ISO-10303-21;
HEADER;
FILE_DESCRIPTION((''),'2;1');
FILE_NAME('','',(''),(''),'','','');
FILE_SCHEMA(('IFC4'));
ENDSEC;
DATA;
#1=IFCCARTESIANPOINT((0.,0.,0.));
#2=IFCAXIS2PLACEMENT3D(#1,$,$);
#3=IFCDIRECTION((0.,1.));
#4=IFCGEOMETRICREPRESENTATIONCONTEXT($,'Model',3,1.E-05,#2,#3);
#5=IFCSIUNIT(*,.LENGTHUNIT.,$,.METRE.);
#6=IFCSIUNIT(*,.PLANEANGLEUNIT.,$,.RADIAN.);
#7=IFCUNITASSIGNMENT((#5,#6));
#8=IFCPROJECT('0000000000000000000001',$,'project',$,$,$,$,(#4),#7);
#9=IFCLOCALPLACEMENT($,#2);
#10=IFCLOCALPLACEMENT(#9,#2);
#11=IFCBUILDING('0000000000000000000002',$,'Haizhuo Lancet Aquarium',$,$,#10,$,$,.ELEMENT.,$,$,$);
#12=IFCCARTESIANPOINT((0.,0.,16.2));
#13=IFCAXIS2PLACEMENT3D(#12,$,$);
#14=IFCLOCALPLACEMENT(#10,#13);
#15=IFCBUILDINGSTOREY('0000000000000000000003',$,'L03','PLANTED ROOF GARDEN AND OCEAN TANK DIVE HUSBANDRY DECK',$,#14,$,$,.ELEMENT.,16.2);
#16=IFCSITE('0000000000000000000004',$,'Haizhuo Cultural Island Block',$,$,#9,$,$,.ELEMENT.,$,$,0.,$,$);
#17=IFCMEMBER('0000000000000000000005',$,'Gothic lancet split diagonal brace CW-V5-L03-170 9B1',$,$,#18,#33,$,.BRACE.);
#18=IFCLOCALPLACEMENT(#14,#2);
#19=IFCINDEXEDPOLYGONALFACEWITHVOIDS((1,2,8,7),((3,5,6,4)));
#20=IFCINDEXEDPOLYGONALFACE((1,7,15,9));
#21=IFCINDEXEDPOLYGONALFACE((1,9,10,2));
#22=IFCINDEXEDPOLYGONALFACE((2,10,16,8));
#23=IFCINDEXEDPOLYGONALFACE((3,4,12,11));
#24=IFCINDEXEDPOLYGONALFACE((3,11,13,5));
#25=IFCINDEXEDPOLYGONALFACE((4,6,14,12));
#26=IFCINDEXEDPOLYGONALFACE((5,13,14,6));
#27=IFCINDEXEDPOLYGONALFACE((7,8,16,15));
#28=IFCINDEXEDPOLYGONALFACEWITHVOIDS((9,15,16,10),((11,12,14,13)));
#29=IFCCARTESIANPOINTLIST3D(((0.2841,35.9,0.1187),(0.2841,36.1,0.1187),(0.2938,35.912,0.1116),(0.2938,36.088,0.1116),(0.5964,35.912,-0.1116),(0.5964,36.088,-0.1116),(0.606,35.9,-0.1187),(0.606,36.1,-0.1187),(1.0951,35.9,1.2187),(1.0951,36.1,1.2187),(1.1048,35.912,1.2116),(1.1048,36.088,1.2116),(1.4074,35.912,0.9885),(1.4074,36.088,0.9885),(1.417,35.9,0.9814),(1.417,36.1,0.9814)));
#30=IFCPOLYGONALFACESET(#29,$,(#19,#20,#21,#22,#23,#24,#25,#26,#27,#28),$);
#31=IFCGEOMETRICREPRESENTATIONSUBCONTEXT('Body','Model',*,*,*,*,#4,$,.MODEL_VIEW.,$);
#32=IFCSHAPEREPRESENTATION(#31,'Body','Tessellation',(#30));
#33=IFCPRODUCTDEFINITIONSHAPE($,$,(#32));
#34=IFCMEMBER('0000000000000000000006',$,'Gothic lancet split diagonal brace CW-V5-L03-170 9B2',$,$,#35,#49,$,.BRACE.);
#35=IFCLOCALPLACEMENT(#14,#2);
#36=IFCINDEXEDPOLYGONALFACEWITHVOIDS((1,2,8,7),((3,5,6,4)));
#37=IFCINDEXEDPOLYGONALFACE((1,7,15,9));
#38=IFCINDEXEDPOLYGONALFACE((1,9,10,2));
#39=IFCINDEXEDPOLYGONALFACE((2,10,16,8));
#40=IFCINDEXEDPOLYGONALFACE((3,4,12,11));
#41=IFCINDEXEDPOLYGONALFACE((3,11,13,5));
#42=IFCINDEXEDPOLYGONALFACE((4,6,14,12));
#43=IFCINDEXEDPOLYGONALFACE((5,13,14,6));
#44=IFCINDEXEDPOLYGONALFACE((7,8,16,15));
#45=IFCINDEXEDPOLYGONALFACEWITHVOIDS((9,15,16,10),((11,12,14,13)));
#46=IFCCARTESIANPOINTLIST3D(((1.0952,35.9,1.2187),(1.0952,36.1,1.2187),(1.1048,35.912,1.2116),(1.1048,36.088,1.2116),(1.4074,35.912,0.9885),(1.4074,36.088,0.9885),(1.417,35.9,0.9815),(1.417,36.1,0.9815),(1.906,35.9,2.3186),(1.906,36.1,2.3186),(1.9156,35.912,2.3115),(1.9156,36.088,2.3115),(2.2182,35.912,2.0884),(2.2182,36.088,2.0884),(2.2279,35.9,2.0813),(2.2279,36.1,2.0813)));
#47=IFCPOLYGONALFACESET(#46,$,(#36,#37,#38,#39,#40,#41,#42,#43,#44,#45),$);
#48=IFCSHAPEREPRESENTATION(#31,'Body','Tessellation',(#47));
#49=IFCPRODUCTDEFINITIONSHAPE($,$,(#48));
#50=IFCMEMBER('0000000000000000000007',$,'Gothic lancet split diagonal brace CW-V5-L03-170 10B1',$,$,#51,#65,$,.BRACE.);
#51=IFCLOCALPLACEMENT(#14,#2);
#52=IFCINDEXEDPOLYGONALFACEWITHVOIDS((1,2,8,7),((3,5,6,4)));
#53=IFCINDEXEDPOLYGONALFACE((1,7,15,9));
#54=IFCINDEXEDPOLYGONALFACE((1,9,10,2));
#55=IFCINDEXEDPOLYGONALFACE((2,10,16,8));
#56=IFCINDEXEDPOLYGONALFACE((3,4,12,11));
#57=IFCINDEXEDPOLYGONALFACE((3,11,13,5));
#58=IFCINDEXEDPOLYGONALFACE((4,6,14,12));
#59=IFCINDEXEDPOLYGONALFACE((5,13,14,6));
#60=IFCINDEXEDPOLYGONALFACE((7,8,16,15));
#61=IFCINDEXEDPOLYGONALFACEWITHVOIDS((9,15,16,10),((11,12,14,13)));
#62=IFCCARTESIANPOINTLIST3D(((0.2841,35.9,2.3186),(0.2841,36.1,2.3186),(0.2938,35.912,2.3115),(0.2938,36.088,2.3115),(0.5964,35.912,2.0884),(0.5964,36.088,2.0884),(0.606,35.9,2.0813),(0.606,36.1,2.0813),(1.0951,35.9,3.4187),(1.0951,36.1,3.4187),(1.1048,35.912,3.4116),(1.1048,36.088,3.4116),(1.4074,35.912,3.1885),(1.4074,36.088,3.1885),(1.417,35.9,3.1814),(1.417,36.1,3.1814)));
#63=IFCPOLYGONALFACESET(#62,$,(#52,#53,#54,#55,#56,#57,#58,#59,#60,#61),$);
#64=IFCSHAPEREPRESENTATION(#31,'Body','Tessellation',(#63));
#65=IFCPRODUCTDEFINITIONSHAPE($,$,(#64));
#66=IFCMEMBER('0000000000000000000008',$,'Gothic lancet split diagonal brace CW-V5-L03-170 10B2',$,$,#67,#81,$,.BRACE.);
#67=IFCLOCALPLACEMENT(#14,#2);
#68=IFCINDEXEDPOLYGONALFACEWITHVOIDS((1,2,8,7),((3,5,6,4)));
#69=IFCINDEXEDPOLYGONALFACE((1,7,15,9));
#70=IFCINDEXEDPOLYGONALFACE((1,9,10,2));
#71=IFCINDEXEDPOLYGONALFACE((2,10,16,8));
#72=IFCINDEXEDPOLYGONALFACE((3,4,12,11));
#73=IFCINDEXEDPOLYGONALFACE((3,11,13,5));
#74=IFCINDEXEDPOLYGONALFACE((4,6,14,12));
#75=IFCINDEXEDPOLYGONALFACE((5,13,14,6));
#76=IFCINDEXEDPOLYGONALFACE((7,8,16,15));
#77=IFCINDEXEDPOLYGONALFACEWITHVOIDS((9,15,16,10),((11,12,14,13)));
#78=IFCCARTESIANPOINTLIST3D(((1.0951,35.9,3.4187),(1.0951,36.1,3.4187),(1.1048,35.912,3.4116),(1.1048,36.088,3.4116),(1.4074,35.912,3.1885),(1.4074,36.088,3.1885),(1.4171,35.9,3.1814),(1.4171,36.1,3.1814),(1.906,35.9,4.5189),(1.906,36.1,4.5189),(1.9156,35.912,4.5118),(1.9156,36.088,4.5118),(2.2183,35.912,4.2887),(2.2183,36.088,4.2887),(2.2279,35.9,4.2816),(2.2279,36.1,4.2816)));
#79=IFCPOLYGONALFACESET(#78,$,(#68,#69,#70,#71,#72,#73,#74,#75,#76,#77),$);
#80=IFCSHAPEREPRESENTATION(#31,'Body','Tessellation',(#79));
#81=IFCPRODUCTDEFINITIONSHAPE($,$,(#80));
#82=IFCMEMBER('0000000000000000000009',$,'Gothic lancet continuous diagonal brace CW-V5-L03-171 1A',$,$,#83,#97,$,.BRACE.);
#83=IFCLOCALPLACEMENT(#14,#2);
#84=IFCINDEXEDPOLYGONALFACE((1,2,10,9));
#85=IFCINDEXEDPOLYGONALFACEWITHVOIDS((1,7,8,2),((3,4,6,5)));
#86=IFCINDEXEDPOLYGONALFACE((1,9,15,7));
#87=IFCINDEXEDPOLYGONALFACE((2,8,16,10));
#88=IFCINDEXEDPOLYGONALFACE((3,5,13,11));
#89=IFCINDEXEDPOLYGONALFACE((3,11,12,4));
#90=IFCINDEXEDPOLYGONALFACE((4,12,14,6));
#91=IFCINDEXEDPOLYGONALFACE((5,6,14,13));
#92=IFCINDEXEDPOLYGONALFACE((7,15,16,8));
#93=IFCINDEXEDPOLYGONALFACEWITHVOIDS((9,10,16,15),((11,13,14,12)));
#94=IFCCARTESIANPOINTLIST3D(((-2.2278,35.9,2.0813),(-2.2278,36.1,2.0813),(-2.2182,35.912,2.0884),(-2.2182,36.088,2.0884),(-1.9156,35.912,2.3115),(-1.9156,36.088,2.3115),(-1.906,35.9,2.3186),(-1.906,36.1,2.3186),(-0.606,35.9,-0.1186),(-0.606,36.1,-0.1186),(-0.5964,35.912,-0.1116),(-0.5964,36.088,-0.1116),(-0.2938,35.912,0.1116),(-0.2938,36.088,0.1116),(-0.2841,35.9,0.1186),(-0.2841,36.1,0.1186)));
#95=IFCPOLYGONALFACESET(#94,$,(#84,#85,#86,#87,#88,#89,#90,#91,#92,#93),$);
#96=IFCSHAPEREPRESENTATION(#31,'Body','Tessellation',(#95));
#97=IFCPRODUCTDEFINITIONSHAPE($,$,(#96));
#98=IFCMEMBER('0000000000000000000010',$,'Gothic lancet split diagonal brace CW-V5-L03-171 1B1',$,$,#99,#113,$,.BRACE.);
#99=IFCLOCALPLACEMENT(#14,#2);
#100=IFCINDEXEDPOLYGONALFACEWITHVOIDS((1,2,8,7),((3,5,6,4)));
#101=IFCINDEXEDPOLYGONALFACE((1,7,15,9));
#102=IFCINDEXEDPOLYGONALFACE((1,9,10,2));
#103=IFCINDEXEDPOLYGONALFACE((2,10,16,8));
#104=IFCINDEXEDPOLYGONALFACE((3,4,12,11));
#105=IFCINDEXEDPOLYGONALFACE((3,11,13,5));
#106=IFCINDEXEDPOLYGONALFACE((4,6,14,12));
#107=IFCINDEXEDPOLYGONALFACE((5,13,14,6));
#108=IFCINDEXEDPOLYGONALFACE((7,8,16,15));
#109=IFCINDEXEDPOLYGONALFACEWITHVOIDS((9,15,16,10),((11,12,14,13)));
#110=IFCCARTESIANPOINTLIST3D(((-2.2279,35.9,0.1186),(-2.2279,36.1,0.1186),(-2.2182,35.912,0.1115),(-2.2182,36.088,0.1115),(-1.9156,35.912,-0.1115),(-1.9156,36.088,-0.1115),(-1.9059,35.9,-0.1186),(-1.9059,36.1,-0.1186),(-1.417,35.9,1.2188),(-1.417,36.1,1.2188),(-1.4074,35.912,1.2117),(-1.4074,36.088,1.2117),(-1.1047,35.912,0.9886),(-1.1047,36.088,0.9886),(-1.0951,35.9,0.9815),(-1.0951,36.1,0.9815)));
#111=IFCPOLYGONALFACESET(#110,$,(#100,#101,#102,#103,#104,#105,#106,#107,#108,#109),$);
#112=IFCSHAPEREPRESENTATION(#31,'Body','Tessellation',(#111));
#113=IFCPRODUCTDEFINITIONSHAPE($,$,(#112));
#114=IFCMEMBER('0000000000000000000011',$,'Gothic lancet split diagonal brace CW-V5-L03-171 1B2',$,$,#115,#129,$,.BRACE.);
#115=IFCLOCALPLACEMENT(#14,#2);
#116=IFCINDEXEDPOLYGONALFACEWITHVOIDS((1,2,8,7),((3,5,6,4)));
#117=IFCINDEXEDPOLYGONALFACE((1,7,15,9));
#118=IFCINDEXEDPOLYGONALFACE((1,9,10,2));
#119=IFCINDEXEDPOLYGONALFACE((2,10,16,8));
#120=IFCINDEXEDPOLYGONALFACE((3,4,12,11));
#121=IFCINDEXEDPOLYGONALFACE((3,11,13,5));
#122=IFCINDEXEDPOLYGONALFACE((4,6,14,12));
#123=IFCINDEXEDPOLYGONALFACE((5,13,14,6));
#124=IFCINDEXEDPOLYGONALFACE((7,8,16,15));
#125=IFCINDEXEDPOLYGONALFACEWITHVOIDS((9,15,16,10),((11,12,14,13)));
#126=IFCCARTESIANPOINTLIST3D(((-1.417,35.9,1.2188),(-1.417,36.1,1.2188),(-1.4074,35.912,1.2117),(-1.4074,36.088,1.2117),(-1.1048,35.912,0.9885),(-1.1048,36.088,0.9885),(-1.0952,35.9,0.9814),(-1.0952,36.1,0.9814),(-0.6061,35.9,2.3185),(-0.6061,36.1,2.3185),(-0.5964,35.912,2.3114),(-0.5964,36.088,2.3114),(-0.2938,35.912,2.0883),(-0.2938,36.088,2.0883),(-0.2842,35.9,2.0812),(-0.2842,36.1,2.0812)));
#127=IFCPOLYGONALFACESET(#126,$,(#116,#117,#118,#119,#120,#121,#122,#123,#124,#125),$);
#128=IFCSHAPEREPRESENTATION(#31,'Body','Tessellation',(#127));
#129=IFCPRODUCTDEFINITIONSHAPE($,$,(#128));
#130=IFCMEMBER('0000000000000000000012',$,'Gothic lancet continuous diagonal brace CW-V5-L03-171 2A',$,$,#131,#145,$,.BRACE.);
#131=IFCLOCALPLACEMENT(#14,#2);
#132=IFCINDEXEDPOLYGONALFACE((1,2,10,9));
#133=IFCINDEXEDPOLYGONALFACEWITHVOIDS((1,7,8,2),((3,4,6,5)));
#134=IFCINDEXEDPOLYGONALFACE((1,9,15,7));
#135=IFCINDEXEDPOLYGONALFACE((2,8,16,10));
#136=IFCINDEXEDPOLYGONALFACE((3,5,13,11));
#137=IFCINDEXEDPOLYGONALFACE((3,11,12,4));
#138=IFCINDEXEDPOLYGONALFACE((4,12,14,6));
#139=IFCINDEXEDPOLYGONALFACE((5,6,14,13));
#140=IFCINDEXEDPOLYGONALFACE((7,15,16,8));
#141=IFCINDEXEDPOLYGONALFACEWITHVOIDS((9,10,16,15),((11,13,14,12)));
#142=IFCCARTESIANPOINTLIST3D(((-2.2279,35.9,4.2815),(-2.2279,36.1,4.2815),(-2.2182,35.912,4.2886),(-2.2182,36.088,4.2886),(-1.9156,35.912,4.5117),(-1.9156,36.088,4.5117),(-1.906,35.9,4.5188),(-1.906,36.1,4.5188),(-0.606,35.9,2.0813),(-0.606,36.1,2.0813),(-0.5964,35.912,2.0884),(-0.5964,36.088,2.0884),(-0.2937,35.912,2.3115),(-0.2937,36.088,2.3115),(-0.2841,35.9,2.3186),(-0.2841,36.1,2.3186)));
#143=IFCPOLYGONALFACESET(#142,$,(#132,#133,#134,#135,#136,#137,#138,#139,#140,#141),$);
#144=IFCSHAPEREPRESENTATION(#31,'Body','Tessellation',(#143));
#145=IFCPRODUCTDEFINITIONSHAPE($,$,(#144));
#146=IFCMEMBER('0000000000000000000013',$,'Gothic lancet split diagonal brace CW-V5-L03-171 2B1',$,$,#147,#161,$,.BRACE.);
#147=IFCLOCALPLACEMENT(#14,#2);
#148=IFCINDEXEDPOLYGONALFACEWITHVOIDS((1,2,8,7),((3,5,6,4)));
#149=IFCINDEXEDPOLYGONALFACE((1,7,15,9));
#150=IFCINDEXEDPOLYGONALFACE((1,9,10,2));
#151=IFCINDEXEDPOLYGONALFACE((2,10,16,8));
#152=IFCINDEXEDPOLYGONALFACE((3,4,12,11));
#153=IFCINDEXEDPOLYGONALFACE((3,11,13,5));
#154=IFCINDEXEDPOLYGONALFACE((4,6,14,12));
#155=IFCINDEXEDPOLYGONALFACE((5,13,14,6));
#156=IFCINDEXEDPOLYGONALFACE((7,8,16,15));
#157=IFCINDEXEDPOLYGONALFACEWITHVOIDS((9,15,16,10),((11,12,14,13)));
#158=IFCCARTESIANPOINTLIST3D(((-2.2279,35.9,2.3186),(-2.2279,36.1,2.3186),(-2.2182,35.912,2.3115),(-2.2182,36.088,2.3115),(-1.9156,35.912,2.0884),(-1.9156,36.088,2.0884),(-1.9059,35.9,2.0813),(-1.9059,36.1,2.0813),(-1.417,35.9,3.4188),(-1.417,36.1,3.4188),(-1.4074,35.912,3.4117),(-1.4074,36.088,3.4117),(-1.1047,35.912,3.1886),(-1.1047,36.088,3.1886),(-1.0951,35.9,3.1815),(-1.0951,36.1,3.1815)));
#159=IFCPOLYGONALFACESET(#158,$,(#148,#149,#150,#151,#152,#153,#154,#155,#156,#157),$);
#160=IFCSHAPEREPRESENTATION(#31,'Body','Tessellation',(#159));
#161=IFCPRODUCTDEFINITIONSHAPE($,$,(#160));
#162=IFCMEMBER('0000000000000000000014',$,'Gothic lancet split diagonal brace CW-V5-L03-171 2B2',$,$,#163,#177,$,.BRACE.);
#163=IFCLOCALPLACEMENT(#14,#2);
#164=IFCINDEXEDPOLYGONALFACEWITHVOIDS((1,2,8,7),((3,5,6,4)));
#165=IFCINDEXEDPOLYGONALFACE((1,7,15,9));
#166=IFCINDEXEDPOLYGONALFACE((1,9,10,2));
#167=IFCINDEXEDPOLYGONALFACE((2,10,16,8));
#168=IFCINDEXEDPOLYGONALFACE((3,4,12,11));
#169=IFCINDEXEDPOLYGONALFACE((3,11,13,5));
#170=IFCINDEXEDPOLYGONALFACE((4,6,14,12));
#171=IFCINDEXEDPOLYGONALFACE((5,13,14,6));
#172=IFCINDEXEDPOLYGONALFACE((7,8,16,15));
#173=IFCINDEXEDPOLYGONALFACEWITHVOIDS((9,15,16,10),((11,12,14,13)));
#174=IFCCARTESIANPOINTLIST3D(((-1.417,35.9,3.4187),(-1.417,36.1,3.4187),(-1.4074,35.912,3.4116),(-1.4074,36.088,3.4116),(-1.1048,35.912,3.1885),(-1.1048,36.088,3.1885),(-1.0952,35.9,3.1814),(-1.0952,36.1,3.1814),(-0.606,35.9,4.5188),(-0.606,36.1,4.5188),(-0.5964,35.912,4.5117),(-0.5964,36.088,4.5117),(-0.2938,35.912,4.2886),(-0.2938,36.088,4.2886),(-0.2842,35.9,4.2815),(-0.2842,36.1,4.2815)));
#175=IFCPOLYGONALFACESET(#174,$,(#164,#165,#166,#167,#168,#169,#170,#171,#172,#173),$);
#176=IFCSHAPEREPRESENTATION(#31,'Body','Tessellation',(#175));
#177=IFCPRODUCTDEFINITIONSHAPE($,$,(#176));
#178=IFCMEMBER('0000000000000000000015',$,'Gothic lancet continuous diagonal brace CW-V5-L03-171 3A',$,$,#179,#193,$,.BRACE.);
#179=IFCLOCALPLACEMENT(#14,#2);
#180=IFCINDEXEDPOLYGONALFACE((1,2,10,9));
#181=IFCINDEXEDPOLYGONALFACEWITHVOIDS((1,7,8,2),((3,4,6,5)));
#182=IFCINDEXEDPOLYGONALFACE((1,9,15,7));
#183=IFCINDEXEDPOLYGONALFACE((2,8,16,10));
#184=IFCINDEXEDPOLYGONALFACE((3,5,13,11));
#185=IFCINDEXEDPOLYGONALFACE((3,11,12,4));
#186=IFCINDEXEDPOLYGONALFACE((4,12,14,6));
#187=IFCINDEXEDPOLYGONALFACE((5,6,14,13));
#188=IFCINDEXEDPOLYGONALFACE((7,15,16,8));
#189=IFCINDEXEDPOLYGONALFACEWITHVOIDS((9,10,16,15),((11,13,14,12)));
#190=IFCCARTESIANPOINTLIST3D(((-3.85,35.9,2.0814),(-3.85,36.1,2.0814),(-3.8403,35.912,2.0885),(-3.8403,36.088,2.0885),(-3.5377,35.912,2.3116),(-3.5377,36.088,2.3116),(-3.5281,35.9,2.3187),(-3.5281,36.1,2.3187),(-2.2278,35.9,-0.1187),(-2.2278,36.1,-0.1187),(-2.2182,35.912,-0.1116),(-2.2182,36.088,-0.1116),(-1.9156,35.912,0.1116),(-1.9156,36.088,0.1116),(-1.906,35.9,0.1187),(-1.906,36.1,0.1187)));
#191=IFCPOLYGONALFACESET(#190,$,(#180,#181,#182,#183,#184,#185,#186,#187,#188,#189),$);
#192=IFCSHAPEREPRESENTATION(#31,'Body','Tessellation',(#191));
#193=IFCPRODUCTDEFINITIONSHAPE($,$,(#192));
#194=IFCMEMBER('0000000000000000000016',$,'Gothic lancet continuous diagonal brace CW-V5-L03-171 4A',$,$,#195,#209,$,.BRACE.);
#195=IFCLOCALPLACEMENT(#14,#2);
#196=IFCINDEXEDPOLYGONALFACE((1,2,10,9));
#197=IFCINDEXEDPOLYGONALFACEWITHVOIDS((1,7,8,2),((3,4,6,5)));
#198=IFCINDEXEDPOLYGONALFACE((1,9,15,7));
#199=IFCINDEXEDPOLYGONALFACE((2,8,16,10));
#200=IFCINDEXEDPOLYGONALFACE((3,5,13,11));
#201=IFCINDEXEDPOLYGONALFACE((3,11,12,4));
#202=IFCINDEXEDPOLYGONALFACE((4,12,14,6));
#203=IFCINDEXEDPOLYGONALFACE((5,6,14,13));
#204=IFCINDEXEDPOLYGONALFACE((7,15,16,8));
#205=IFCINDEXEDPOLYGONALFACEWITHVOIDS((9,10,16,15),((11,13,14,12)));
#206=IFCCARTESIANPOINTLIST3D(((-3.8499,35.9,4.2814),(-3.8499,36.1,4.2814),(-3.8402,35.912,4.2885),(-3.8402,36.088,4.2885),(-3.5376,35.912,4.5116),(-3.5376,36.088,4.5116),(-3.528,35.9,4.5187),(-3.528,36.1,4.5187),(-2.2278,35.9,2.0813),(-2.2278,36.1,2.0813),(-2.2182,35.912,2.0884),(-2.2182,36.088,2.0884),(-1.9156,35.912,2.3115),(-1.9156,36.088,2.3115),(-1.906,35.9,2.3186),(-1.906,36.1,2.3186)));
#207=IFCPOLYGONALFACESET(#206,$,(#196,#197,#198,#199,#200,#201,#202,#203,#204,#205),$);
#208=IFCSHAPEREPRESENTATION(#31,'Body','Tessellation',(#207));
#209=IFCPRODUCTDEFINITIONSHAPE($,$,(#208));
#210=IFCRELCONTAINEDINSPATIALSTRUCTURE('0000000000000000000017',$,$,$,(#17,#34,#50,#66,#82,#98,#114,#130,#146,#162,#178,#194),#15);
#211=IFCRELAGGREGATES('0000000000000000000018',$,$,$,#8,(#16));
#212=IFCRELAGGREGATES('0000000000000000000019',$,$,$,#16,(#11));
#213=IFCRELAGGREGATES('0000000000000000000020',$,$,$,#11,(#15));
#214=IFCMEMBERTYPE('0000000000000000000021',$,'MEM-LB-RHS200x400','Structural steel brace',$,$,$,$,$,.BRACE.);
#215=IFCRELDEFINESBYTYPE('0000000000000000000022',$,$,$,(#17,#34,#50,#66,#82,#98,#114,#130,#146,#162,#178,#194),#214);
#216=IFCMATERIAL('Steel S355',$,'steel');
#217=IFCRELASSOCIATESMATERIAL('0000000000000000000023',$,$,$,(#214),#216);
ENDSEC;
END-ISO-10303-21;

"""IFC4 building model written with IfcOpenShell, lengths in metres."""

from ifc_helpers import new_model, si_unit, direction, frame, origin, origin_2d, place, context, subcontext, project, spatial, hollow_rectangle, extrude, material, material_profile, profile_set, type_object, element, save


model = new_model("IFC4")

# Units and contexts
model_context = context("Model", 3, precision=1e-05, world=origin(), true_north=direction((0.0, 1.0)))
body_context = subcontext(model_context, "Body", "Model", "MODEL_VIEW")
ifc_project = project(units=[si_unit("LENGTHUNIT", "METRE"), si_unit("PLANEANGLEUNIT", "RADIAN")], contexts=[model_context])

# Site, building, storey
site_placement = place(None, origin())
site = spatial("IfcSite", under=ifc_project, at=site_placement, Name="Haizhuo Cultural Island Block", CompositionType="ELEMENT", RefElevation=0.0)
building_placement = place(site_placement, origin())
building = spatial("IfcBuilding", under=site, at=building_placement, Name="Haizhuo Lancet Aquarium", CompositionType="ELEMENT")
storey_placement = place(building_placement, frame((0.0, 0.0, 16.2)))
storey = spatial("IfcBuildingStorey", under=building, at=storey_placement, Name="L03", Description="PLANTED ROOF GARDEN AND OCEAN TANK DIVE HUSBANDRY DECK", CompositionType="ELEMENT", Elevation=16.2)

# Members
ifc_material_1 = material(Name="Steel S355", Category="steel")
ifc_material_profile_1 = material_profile(ifc_material_1, hollow_rectangle(XDim=0.2, YDim=0.3999, WallThickness=0.012, at=origin_2d()), Name="RHS 200x400x12")
ifc_profile_set_1 = profile_set([ifc_material_profile_1], Name="Steel S355")
member_type_1 = type_object("IfcMemberType", Name="MEM-LB-RHS200x400", Description="Structural steel brace", PredefinedType="BRACE", material=ifc_profile_set_1)
member_1_placement = place(storey_placement, frame((0.4451, 36.0, 0.0), z_axis=(0.593406, 0.0, 0.804903), x_axis=(0.0, 1.0, 0.0)))
element("IfcMember", 1, at=member_1_placement, inside=storey, type_object=member_type_1, Name="Gothic lancet split diagonal brace CW-V5-L03-170 9B1", PredefinedType="BRACE", context=body_context, shape_type="SweptSolid", body=[
    extrude(hollow_rectangle(XDim=0.2, YDim=0.3999, WallThickness=0.012, at=origin_2d()), origin(), (0.0, 0.0, 1.0), 1.3667),
])
member_2_placement = place(storey_placement, frame((1.2561, 36.0, 1.1001), z_axis=(0.593376, 0.0, 0.804926), x_axis=(0.0, 1.0, 0.0)))
element("IfcMember", 2, at=member_2_placement, inside=storey, type_object=member_type_1, Name="Gothic lancet split diagonal brace CW-V5-L03-170 9B2", PredefinedType="BRACE", context=body_context, shape_type="SweptSolid", body=[
    extrude(hollow_rectangle(XDim=0.2, YDim=0.3999, WallThickness=0.012, at=origin_2d()), origin(), (0.0, 0.0, 1.0), 1.3665),
])
for number, where, z_axis, x_axis, name in (
    (3, (0.4451, 36.0, 2.2), (0.593406, 0.0, 0.804903), (0.0, 1.0, 0.0), "Gothic lancet split diagonal brace CW-V5-L03-170 10B1"),
    (4, (1.2561, 36.0, 3.3), (0.59329, 0.0, 0.804988), (0.0, 1.0, 0.0), "Gothic lancet split diagonal brace CW-V5-L03-170 10B2"),
):
    element("IfcMember", number, at=place(storey_placement, frame(where, z_axis=z_axis, x_axis=x_axis)), inside=storey, type_object=member_type_1, Name=name, PredefinedType="BRACE", context=body_context, shape_type="SweptSolid", body=[
        extrude(hollow_rectangle(XDim=0.2, YDim=0.3999, WallThickness=0.012, at=origin_2d()), origin(), (0.0, 0.0, 1.0), 1.3667),
    ])
member_3_placement = place(storey_placement, frame((-0.4451, 36.0, 0.0), z_axis=(-0.593391, 0.0, 0.804914), x_axis=(0.0, -1.0, 0.0)))
element("IfcMember", 5, at=member_3_placement, inside=storey, type_object=member_type_1, Name="Gothic lancet continuous diagonal brace CW-V5-L03-171 1A", PredefinedType="BRACE", context=body_context, shape_type="SweptSolid", body=[
    extrude(hollow_rectangle(XDim=0.2, YDim=0.3999, WallThickness=0.012, at=origin_2d()), origin(), (0.0, 0.0, 1.0), 2.7332),
])
member_4_placement = place(storey_placement, frame((-2.0669, 36.0, 0.0), z_axis=(0.59329, 0.0, 0.804988), x_axis=(0.0, 1.0, 0.0)))
element("IfcMember", 6, at=member_4_placement, inside=storey, type_object=member_type_1, Name="Gothic lancet split diagonal brace CW-V5-L03-171 1B1", PredefinedType="BRACE", context=body_context, shape_type="SweptSolid", body=[
    extrude(hollow_rectangle(XDim=0.2, YDim=0.3999, WallThickness=0.012, at=origin_2d()), origin(), (0.0, 0.0, 1.0), 1.3667),
])
member_5_placement = place(storey_placement, frame((-1.2561, 36.0, 1.1001), z_axis=(0.593492, 0.0, 0.80484), x_axis=(0.0, 1.0, 0.0)))
element("IfcMember", 7, at=member_5_placement, inside=storey, type_object=member_type_1, Name="Gothic lancet split diagonal brace CW-V5-L03-171 1B2", PredefinedType="BRACE", context=body_context, shape_type="SweptSolid", body=[
    extrude(hollow_rectangle(XDim=0.2, YDim=0.3999, WallThickness=0.012, at=origin_2d()), origin(), (0.0, 0.0, 1.0), 1.3665),
])
member_6_placement = place(storey_placement, frame((-0.4451, 36.0, 2.2), z_axis=(-0.593348, 0.0, 0.804946), x_axis=(0.0, -1.0, 0.0)))
element("IfcMember", 8, at=member_6_placement, inside=storey, type_object=member_type_1, Name="Gothic lancet continuous diagonal brace CW-V5-L03-171 2A", PredefinedType="BRACE", context=body_context, shape_type="SweptSolid", body=[
    extrude(hollow_rectangle(XDim=0.2, YDim=0.3999, WallThickness=0.012, at=origin_2d()), origin(), (0.0, 0.0, 1.0), 2.7334),
])
for number, where, z_axis, x_axis, name in (
    (9, (-2.0669, 36.0, 2.2), (0.59329, 0.0, 0.804988), (0.0, 1.0, 0.0), "Gothic lancet split diagonal brace CW-V5-L03-171 2B1"),
    (10, (-1.2561, 36.0, 3.3), (0.593406, 0.0, 0.804903), (0.0, 1.0, 0.0), "Gothic lancet split diagonal brace CW-V5-L03-171 2B2"),
):
    element("IfcMember", number, at=place(storey_placement, frame(where, z_axis=z_axis, x_axis=x_axis)), inside=storey, type_object=member_type_1, Name=name, PredefinedType="BRACE", context=body_context, shape_type="SweptSolid", body=[
        extrude(hollow_rectangle(XDim=0.2, YDim=0.3999, WallThickness=0.012, at=origin_2d()), origin(), (0.0, 0.0, 1.0), 1.3667),
    ])
for number, where, z_axis, x_axis, name in (
    (11, (-2.0669, 36.0, 0.0), (-0.593449, 0.0, 0.804872), (0.0, -1.0, 0.0), "Gothic lancet continuous diagonal brace CW-V5-L03-171 3A"),
    (12, (-2.0669, 36.0, 2.2), (-0.593406, 0.0, 0.804903), (0.0, -1.0, 0.0), "Gothic lancet continuous diagonal brace CW-V5-L03-171 4A"),
):
    element("IfcMember", number, at=place(storey_placement, frame(where, z_axis=z_axis, x_axis=x_axis)), inside=storey, type_object=member_type_1, Name=name, PredefinedType="BRACE", context=body_context, shape_type="SweptSolid", body=[
        extrude(hollow_rectangle(XDim=0.2, YDim=0.3999, WallThickness=0.012, at=origin_2d()), origin(), (0.0, 0.0, 1.0), 2.7334),
    ])

save(model, "model.ifc")
